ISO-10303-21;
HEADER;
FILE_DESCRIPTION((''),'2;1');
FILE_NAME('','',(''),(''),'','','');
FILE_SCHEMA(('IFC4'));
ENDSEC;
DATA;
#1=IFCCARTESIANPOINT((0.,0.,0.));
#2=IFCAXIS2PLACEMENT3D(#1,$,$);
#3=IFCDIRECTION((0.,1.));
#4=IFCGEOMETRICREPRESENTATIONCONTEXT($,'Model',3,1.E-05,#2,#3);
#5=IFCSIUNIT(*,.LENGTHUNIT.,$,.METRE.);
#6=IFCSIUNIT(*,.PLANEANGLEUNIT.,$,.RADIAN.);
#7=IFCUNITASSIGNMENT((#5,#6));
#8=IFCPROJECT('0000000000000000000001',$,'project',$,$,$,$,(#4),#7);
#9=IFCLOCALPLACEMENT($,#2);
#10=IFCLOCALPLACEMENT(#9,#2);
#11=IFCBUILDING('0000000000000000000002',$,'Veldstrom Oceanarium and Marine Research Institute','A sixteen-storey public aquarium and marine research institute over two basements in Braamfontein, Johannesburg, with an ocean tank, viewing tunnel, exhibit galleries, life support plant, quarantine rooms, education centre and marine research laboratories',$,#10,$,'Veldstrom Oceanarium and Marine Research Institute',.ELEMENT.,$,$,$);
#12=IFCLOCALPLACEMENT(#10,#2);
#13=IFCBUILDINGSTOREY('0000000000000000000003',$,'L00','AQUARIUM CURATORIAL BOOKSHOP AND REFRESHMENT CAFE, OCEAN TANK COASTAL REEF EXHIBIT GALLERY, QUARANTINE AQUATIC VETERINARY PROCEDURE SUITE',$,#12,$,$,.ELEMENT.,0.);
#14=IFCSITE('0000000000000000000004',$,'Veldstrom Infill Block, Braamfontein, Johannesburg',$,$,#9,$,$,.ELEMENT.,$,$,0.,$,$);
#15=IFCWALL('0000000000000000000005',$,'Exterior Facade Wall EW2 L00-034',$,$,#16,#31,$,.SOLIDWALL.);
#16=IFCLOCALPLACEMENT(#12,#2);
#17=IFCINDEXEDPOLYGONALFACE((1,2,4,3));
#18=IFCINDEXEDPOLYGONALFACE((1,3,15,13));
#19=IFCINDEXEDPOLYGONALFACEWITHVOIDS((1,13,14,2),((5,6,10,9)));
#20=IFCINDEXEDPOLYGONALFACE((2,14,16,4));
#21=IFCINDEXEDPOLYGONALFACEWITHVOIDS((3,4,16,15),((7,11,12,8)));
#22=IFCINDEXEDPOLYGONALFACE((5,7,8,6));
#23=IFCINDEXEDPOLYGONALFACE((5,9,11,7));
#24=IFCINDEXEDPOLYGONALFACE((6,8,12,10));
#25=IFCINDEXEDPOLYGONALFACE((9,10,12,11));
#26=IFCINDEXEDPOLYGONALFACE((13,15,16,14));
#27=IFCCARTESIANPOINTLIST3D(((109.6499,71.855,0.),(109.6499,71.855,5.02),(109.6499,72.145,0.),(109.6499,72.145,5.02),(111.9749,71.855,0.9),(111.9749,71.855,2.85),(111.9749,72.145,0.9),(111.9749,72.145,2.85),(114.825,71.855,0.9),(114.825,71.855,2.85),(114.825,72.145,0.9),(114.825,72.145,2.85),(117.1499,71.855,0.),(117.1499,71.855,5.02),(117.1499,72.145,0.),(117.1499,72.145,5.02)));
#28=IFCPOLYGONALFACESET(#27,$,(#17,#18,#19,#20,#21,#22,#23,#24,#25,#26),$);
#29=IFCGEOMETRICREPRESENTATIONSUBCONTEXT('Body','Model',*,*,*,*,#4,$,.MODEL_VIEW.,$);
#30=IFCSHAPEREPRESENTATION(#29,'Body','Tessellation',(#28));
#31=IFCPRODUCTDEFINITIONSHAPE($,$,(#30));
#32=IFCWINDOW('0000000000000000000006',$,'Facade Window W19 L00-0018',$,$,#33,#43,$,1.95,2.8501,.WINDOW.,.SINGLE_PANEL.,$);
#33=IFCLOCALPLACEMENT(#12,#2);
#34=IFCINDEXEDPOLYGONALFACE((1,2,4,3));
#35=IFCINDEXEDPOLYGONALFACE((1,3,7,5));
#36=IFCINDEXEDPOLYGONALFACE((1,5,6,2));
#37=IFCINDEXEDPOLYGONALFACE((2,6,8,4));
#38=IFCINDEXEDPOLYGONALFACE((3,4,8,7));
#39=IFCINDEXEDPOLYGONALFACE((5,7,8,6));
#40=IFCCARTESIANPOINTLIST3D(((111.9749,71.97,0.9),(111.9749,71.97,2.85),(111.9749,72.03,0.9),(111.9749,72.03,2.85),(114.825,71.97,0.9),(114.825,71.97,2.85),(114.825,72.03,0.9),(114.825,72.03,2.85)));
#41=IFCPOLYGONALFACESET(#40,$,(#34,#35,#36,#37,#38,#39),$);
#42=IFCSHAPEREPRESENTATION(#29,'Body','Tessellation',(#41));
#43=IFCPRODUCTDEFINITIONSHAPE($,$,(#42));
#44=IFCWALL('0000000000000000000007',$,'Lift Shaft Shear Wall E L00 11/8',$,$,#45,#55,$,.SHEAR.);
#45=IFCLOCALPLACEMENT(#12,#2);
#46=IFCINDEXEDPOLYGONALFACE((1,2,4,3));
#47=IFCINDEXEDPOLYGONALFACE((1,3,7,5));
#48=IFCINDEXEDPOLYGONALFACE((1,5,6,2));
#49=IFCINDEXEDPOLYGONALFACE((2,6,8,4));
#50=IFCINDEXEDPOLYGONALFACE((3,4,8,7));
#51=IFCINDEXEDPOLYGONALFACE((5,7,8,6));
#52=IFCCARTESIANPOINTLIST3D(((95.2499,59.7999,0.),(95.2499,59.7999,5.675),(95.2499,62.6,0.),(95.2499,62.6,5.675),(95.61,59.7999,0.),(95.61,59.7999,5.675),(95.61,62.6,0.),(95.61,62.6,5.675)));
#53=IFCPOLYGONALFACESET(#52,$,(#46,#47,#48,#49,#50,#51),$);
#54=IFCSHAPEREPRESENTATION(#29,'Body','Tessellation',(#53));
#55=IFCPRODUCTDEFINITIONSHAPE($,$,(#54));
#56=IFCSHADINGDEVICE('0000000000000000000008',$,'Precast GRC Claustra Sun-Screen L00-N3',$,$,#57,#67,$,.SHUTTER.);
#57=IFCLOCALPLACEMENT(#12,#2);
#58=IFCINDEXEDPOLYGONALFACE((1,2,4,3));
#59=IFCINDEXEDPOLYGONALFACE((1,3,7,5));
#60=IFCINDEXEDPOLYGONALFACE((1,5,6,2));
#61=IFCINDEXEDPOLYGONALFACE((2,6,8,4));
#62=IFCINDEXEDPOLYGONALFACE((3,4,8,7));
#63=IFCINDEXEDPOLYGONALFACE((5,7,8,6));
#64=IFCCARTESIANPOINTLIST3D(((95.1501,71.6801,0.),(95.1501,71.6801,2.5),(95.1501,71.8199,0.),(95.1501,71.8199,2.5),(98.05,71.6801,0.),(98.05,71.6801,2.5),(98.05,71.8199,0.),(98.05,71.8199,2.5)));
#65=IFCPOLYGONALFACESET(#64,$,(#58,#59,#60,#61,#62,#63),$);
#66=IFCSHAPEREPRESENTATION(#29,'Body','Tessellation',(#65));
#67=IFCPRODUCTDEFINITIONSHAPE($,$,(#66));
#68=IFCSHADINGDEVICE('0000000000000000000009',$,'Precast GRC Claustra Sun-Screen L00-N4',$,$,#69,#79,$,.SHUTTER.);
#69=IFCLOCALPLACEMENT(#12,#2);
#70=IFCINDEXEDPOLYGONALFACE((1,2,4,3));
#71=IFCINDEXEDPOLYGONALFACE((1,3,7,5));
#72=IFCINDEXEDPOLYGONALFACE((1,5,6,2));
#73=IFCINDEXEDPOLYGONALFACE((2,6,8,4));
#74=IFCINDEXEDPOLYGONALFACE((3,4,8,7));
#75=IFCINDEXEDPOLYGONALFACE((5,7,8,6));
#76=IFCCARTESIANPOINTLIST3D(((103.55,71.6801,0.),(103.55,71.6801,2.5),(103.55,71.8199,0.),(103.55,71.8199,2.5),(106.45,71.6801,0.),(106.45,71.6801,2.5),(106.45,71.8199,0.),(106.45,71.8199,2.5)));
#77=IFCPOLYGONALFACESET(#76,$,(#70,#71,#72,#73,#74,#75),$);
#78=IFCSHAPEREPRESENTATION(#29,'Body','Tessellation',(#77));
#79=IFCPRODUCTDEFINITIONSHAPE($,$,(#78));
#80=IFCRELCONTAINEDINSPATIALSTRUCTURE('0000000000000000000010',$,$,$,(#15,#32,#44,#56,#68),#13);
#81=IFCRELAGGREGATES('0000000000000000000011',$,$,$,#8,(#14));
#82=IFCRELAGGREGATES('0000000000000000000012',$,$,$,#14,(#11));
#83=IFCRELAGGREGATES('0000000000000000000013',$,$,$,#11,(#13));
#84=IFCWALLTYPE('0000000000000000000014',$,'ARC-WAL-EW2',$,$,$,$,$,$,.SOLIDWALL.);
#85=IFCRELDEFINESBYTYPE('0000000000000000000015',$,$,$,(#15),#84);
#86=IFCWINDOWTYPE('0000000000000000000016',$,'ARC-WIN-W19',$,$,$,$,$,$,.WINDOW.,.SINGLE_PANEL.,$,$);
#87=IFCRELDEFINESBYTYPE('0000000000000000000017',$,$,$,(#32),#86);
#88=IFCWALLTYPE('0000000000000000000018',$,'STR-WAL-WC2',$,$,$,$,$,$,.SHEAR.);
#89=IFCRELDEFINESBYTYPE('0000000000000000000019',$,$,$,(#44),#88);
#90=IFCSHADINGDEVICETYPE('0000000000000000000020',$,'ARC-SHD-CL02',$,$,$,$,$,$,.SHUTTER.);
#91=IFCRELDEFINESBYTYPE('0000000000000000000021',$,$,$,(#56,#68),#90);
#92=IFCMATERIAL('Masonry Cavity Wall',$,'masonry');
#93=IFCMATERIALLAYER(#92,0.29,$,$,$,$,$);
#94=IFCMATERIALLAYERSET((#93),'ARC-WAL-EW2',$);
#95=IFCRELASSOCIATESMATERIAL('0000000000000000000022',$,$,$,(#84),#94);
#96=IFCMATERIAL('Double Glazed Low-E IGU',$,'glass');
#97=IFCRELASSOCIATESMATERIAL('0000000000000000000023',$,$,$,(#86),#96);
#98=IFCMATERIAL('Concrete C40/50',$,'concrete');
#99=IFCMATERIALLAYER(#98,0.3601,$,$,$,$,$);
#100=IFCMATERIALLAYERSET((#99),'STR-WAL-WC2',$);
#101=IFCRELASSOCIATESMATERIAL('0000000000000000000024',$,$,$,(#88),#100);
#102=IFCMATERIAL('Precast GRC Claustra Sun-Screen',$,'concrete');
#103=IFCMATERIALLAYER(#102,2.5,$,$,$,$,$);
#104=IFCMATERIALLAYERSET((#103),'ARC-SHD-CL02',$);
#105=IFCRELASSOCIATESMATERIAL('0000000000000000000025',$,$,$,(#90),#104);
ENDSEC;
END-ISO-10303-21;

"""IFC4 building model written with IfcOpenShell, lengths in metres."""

from ifc_helpers import new_model, si_unit, direction, frame, frame_2d, origin, origin_2d, place, context, subcontext, project, spatial, rectangle, extrude, material, layer, layer_set, type_object, element, fill, save


model = new_model("IFC4")

# Units and contexts
model_context = context("Model", 3, precision=1e-05, world=origin(), true_north=direction((0.0, 1.0)))
body_context = subcontext(model_context, "Body", "Model", "MODEL_VIEW")
ifc_project = project(units=[si_unit("LENGTHUNIT", "METRE"), si_unit("PLANEANGLEUNIT", "RADIAN")], contexts=[model_context])

# Site, building, storey
site_placement = place(None, origin())
site = spatial("IfcSite", under=ifc_project, at=site_placement, Name="Veldstrom Infill Block, Braamfontein, Johannesburg", CompositionType="ELEMENT", RefElevation=0.0)
building_placement = place(site_placement, origin())
building = spatial("IfcBuilding", under=site, at=building_placement, Name="Veldstrom Oceanarium and Marine Research Institute", Description="A sixteen-storey public aquarium and marine research institute over two basements in Braamfontein, Johannesburg, with an ocean tank, viewing tunnel, exhibit galleries, life support plant, quarantine rooms, education centre and marine research laboratories", LongName="Veldstrom Oceanarium and Marine Research Institute", CompositionType="ELEMENT")
storey_placement = place(building_placement, origin())
storey = spatial("IfcBuildingStorey", under=building, at=storey_placement, Name="L00", Description="AQUARIUM CURATORIAL BOOKSHOP AND REFRESHMENT CAFE, OCEAN TANK COASTAL REEF EXHIBIT GALLERY, QUARANTINE AQUATIC VETERINARY PROCEDURE SUITE", CompositionType="ELEMENT", Elevation=0.0)

# Wall, opening, window
ifc_material_1 = material(Name="Masonry Cavity Wall", Category="masonry")
ifc_layer_1 = layer(ifc_material_1, 0.29)
ifc_layer_set_1 = layer_set([ifc_layer_1], Name="ARC-WAL-EW2")
wall_type_1 = type_object("IfcWallType", Name="ARC-WAL-EW2", PredefinedType="SOLIDWALL", material=ifc_layer_set_1)
wall_1_placement = place(storey_placement, frame((109.6499, 72.0, 0.0), z_axis=(0.0, 0.0, 1.0), x_axis=(1.0, 0.0, 0.0)))
wall_1 = element("IfcWall", 1, at=wall_1_placement, inside=storey, type_object=wall_type_1, Name="Exterior Facade Wall EW2 L00-034", PredefinedType="SOLIDWALL", context=body_context, shape_type="SweptSolid", body=[
    extrude(rectangle(XDim=7.5, YDim=0.29, at=frame_2d((3.75, 0.0))), origin(), (0.0, 0.0, 1.0), 5.02),
])
opening_placement = place(wall_1_placement, frame((2.325, 0.0, 0.8999)))
opening = element("IfcOpeningElement", 2, at=opening_placement, cuts=wall_1, PredefinedType="OPENING", context=body_context, shape_type="SweptSolid", body=[
    extrude(rectangle(XDim=2.8501, YDim=1.95, at=frame_2d((1.425, 0.9751))), frame((0.0, 0.155, 0.0), z_axis=(0.0, -1.0, 0.0), x_axis=(1.0, 0.0, 0.0)), (0.0, 0.0, 1.0), 0.3101),
])
ifc_material_2 = material(Name="Double Glazed Low-E IGU", Category="glass")
window_type = type_object("IfcWindowType", Name="ARC-WIN-W19", PartitioningType="SINGLE_PANEL", PredefinedType="WINDOW", material=ifc_material_2)
window_placement = place(opening_placement, origin())
window = element("IfcWindow", 3, at=window_placement, inside=storey, type_object=window_type, Name="Facade Window W19 L00-0018", OverallHeight=1.95, OverallWidth=2.8501, PartitioningType="SINGLE_PANEL", PredefinedType="WINDOW", context=body_context, shape_type="SweptSolid", body=[
    extrude(rectangle(XDim=2.8501, YDim=1.95, at=frame_2d((1.425, 0.9751))), frame((0.0, 0.03, 0.0), z_axis=(0.0, -1.0, 0.0), x_axis=(1.0, 0.0, 0.0)), (0.0, 0.0, 1.0), 0.0601),
])
fill(opening, window)

# Wall
ifc_material_3 = material(Name="Concrete C40/50", Category="concrete")
ifc_layer_2 = layer(ifc_material_3, 0.3601)
ifc_layer_set_2 = layer_set([ifc_layer_2], Name="STR-WAL-WC2")
wall_type_2 = type_object("IfcWallType", Name="STR-WAL-WC2", PredefinedType="SHEAR", material=ifc_layer_set_2)
wall_2_placement = place(storey_placement, frame((95.4299, 59.8, 0.0), z_axis=(0.0, 0.0, 1.0), x_axis=(0.0, 1.0, 0.0)))
element("IfcWall", 4, at=wall_2_placement, inside=storey, type_object=wall_type_2, Name="Lift Shaft Shear Wall E L00 11/8", PredefinedType="SHEAR", context=body_context, shape_type="SweptSolid", body=[
    extrude(rectangle(XDim=2.8, YDim=0.3601, at=frame_2d((1.3999, 0.0))), origin(), (0.0, 0.0, 1.0), 5.675),
])

# Shading devices
ifc_material_4 = material(Name="Precast GRC Claustra Sun-Screen", Category="concrete")
ifc_layer_3 = layer(ifc_material_4, 2.5)
ifc_layer_set_3 = layer_set([ifc_layer_3], Name="ARC-SHD-CL02")
shading_device_type = type_object("IfcShadingDeviceType", Name="ARC-SHD-CL02", PredefinedType="SHUTTER", material=ifc_layer_set_3)
for number, where, z_axis, x_axis, name in (
    (5, (96.6001, 71.75, 0.0), (0.0, 0.0, 1.0), (1.0, 0.0, 0.0), "Precast GRC Claustra Sun-Screen L00-N3"),
    (6, (105.0, 71.75, 0.0), (0.0, 0.0, 1.0), (1.0, 0.0, 0.0), "Precast GRC Claustra Sun-Screen L00-N4"),
):
    element("IfcShadingDevice", number, at=place(storey_placement, frame(where, z_axis=z_axis, x_axis=x_axis)), inside=storey, type_object=shading_device_type, Name=name, PredefinedType="SHUTTER", context=body_context, shape_type="SweptSolid", body=[
        extrude(rectangle(XDim=2.8999, YDim=0.1399, at=origin_2d()), origin(), (0.0, 0.0, 1.0), 2.5),
    ])

save(model, "model.ifc")
